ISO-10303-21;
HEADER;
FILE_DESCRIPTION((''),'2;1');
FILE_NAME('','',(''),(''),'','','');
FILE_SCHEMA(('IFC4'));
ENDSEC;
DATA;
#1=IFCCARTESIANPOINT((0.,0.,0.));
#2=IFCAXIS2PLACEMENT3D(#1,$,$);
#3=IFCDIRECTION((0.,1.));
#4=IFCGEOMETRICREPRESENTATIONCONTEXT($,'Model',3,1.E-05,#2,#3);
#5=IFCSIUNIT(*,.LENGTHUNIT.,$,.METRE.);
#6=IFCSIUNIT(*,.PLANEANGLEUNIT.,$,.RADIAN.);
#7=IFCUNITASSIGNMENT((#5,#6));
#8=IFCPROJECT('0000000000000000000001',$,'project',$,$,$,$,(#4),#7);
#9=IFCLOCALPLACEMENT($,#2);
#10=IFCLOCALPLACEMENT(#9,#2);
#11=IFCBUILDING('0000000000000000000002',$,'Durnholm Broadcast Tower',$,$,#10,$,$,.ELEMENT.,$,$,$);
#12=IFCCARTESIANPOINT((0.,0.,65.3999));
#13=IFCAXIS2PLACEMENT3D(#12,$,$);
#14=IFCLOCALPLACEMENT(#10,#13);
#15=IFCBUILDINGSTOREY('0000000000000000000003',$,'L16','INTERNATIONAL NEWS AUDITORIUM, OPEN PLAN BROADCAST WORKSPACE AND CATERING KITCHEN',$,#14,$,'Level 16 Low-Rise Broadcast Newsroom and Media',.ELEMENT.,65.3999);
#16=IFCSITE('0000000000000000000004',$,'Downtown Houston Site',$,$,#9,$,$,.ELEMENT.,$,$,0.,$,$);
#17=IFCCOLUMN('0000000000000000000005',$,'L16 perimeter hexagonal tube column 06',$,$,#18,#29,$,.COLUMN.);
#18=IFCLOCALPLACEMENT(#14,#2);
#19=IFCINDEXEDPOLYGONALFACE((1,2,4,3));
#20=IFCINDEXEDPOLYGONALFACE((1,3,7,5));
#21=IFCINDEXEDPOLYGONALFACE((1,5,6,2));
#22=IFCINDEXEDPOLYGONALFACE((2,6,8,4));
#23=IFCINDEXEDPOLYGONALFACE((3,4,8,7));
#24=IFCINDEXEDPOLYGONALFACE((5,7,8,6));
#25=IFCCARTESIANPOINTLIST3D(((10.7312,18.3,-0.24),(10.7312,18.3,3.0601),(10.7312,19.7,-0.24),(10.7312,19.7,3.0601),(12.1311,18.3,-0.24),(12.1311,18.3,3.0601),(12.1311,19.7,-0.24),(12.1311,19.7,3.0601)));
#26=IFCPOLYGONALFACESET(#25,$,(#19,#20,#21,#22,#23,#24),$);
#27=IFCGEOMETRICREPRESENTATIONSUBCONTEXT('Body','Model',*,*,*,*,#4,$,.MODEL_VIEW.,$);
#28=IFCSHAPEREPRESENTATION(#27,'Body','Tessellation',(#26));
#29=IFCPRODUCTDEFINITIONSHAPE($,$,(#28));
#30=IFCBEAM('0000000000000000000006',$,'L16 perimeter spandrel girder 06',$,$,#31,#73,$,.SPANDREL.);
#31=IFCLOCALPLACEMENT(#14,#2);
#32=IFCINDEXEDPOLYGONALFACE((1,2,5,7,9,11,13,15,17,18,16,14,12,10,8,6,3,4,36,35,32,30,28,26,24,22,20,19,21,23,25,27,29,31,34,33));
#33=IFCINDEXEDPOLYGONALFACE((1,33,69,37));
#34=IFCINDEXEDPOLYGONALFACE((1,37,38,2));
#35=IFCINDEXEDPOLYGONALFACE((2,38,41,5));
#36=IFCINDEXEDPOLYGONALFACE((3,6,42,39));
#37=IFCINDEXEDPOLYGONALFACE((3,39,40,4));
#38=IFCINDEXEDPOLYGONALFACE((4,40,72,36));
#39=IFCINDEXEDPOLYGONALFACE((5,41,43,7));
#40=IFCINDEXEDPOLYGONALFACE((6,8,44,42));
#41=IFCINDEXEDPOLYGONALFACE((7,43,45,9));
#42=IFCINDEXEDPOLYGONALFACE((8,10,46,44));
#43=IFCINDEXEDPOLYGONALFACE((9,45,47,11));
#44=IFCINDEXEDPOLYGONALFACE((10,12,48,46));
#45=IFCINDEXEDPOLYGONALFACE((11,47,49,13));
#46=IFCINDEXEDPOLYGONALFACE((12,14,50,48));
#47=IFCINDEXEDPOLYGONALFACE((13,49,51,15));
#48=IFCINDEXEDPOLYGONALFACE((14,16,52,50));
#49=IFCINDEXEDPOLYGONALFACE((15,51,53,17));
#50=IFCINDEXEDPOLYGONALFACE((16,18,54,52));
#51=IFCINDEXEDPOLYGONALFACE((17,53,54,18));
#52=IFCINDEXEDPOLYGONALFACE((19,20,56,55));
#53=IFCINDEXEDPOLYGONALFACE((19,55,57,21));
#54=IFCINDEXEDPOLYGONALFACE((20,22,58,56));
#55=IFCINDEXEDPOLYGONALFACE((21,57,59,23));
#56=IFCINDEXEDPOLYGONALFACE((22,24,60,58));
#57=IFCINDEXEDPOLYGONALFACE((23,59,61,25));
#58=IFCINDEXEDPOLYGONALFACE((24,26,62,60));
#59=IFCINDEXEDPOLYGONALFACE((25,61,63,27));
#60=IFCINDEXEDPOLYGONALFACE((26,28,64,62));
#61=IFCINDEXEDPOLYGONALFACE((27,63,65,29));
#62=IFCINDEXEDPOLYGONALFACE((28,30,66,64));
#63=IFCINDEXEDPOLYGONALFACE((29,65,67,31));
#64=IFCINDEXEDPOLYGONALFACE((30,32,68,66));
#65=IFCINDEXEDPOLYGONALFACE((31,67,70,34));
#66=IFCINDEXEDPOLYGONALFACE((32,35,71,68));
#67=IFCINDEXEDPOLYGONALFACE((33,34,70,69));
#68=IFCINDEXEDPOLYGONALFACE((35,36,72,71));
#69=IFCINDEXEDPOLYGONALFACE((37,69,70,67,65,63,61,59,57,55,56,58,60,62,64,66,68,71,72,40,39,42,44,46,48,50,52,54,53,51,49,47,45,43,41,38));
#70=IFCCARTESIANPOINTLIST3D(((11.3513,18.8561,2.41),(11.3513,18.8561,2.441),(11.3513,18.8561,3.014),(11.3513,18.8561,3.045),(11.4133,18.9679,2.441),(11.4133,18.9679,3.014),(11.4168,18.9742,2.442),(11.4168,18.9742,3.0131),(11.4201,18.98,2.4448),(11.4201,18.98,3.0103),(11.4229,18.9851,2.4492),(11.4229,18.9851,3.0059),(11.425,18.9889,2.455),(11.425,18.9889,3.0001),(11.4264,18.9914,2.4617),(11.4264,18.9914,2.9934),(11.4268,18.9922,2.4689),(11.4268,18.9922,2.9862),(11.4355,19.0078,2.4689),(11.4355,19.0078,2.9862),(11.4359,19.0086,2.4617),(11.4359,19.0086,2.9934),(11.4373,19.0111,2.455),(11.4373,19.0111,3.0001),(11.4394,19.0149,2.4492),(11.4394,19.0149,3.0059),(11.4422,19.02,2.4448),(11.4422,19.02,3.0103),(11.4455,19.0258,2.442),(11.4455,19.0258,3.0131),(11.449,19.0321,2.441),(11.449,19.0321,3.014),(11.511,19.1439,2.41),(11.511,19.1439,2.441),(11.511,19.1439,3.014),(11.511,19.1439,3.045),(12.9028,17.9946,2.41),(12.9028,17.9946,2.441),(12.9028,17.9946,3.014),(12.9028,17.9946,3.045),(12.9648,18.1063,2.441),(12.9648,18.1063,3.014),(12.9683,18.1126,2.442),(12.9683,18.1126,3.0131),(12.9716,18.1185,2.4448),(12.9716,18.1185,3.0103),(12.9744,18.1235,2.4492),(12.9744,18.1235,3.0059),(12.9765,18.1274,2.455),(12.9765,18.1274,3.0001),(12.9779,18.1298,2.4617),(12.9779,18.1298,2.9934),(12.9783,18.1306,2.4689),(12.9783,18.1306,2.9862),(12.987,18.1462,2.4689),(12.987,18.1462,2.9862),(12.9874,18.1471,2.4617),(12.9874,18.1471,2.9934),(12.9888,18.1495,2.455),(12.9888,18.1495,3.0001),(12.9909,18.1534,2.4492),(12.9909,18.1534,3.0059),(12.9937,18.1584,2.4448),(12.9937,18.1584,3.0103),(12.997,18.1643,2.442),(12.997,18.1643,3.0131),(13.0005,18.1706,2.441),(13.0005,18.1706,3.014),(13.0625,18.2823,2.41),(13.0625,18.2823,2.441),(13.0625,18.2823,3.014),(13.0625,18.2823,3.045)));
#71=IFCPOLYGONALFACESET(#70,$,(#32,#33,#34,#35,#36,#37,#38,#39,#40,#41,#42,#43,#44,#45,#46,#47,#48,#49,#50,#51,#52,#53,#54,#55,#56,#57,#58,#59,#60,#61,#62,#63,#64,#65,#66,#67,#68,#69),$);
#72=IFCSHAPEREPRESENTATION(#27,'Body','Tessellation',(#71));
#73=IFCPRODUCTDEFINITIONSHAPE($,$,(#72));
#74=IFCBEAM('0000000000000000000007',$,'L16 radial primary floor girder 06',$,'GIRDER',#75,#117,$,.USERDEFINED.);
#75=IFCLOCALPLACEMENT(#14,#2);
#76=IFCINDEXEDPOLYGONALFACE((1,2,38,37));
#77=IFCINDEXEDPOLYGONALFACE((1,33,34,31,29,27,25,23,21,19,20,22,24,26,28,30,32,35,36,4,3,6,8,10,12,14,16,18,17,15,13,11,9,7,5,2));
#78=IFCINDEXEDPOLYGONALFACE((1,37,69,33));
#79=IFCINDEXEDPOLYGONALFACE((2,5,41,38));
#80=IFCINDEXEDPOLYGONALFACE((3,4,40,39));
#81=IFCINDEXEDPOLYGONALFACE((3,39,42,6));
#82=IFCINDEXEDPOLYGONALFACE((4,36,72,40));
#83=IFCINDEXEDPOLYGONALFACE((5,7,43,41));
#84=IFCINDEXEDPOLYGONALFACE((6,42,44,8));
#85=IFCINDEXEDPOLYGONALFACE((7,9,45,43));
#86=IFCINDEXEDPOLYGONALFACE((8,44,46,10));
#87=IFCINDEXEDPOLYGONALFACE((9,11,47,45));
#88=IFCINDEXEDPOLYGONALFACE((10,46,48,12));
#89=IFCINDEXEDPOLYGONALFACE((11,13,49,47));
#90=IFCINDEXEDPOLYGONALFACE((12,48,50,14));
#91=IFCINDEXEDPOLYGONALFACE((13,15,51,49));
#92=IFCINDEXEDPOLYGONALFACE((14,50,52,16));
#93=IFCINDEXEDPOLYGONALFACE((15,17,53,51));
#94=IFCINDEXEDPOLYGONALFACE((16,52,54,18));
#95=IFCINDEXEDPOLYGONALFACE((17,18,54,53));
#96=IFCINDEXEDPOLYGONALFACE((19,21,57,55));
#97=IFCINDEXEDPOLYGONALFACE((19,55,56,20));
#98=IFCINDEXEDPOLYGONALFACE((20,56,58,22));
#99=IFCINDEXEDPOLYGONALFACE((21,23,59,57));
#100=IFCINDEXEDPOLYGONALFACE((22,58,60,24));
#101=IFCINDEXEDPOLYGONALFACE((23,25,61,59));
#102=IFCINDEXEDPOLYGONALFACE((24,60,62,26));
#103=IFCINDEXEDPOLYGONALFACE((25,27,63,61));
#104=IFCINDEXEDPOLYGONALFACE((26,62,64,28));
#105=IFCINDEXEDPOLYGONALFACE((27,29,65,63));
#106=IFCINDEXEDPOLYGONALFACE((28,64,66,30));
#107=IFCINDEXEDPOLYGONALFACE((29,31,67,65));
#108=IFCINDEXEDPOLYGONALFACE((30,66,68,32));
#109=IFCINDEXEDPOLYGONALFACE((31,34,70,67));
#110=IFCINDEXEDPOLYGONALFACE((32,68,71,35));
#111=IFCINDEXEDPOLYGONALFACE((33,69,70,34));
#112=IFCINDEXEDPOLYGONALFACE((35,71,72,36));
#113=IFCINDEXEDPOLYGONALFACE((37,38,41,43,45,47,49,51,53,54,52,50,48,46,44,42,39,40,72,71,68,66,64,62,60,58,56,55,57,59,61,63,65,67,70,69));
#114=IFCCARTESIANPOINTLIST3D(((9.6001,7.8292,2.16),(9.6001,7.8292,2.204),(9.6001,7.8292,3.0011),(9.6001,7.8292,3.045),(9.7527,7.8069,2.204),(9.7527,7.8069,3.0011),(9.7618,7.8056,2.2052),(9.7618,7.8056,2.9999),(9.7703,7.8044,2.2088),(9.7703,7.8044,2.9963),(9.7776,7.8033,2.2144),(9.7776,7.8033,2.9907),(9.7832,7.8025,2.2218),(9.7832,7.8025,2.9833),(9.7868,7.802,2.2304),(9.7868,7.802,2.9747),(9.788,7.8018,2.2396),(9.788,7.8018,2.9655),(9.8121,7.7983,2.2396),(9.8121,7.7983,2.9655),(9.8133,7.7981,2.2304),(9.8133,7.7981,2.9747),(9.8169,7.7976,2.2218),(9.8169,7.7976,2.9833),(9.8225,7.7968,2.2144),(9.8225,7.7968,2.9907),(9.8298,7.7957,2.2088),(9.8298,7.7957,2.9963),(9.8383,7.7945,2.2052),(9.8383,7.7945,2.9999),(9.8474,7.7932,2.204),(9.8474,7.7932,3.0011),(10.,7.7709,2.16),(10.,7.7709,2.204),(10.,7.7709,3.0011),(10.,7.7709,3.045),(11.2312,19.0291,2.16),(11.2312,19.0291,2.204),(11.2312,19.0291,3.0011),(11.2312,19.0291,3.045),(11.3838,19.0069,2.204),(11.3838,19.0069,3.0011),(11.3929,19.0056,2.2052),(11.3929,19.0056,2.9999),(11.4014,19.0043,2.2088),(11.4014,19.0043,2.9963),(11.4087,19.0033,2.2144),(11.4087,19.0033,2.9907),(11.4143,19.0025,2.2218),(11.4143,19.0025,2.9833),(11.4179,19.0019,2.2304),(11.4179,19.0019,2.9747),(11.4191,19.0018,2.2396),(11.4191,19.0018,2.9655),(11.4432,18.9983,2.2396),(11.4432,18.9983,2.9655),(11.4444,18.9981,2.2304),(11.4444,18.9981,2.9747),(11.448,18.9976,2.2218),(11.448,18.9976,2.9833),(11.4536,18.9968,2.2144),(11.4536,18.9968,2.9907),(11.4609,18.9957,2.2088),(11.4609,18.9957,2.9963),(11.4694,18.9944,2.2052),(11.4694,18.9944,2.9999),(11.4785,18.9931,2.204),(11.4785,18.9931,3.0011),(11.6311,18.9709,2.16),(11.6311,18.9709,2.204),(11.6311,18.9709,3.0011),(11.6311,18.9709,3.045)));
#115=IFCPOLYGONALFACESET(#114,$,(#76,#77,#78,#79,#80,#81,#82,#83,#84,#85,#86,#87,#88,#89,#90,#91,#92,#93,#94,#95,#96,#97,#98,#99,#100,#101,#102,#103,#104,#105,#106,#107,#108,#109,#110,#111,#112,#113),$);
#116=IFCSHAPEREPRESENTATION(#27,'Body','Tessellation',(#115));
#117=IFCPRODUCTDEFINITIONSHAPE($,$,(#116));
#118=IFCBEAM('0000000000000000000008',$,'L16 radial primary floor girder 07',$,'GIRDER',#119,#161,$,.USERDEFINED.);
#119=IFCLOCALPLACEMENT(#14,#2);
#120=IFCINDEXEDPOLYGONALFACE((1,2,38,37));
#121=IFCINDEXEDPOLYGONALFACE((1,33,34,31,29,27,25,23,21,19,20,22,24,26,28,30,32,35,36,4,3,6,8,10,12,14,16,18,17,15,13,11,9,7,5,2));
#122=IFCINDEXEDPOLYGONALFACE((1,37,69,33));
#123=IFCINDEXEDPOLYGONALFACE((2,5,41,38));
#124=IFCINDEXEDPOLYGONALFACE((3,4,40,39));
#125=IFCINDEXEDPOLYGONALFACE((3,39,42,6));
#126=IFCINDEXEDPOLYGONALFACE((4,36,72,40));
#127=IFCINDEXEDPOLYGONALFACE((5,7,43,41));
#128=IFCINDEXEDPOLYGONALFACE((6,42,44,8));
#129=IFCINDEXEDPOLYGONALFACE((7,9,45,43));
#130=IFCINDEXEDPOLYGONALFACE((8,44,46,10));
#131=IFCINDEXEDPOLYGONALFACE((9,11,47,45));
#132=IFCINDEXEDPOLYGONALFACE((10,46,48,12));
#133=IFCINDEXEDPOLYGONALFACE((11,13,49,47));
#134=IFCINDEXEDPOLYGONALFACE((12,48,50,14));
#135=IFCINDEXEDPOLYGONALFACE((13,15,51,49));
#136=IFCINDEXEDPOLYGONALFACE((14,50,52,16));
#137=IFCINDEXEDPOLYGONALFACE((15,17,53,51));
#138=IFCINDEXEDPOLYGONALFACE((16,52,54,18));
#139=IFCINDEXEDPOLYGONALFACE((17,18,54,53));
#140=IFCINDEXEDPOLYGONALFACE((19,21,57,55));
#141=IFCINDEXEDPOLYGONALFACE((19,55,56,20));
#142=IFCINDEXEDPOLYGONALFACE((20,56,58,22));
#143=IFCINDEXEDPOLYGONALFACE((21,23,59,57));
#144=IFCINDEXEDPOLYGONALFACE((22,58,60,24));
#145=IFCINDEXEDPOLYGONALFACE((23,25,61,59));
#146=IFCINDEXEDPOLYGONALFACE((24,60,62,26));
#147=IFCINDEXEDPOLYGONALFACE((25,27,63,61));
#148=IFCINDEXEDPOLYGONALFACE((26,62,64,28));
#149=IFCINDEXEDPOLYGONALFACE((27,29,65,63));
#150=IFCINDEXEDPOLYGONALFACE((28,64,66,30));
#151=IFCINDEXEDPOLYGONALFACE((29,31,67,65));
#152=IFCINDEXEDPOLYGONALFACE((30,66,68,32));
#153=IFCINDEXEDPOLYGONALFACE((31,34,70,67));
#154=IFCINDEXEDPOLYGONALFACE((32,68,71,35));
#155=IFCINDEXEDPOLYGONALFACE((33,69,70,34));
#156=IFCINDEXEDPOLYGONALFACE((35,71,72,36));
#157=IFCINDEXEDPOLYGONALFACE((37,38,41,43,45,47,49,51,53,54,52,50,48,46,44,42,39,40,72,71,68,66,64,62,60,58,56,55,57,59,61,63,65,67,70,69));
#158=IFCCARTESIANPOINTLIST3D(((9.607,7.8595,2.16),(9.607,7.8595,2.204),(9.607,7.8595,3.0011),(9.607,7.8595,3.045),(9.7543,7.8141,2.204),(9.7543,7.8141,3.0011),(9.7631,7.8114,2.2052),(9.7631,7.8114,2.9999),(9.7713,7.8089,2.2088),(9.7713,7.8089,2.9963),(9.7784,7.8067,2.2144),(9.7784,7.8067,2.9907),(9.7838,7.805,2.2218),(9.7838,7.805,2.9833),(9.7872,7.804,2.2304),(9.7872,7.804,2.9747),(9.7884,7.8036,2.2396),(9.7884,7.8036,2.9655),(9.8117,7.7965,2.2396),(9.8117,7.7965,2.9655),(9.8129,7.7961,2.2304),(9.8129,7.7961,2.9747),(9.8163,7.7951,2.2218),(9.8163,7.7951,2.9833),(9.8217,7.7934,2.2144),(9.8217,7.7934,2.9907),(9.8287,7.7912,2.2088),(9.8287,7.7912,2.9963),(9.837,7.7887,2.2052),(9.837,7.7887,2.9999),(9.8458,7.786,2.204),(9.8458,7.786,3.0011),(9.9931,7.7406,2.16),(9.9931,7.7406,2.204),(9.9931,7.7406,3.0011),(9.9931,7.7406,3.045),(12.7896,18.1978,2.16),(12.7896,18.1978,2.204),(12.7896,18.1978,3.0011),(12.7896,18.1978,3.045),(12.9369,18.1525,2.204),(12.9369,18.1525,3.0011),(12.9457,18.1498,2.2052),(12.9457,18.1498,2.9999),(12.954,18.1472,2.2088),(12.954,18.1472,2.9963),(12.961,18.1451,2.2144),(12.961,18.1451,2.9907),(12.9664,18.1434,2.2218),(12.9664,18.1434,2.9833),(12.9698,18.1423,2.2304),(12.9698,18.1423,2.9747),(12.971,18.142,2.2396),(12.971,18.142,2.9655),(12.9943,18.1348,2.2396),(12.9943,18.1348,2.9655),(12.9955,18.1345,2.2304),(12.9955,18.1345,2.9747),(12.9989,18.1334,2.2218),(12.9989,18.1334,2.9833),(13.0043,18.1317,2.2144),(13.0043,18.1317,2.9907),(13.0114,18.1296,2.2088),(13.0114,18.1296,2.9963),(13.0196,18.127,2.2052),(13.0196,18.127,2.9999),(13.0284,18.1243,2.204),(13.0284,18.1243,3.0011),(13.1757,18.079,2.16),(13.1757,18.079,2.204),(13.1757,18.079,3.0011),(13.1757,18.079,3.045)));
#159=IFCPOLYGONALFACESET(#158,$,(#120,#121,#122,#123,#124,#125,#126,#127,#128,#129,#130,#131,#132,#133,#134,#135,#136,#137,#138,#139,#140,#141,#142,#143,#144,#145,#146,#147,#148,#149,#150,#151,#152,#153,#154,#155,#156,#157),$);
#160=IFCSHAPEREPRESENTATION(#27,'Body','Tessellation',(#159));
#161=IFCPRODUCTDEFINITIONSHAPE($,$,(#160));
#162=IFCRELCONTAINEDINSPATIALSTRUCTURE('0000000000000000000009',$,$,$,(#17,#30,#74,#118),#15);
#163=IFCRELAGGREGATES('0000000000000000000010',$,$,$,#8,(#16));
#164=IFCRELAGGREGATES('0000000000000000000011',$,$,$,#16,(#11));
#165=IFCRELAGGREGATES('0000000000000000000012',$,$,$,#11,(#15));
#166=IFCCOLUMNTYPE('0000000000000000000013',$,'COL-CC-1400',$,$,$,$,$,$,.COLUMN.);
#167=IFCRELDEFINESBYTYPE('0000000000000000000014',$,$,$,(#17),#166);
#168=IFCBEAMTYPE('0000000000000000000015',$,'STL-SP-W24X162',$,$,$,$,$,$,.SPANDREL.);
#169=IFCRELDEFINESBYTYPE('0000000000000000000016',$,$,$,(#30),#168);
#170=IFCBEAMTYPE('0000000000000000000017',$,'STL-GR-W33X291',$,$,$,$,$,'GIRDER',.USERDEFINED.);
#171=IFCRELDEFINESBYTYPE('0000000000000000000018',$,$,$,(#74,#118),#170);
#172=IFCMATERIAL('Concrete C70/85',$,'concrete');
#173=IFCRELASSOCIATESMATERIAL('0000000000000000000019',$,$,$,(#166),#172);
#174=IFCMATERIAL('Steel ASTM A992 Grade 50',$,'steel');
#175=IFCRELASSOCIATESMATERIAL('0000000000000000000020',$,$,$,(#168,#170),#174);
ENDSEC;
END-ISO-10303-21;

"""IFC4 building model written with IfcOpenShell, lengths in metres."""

from ifc_helpers import new_model, si_unit, direction, frame, origin, origin_2d, place, context, subcontext, project, spatial, rectangle, i_section, extrude, source, transform, mapped, material, material_profile, profile_set, type_object, type_shapes, element, save


model = new_model("IFC4")

# Units and contexts
model_context = context("Model", 3, precision=1e-05, world=origin(), true_north=direction((0.0, 1.0)))
body_context = subcontext(model_context, "Body", "Model", "MODEL_VIEW")
ifc_project = project(units=[si_unit("LENGTHUNIT", "METRE"), si_unit("PLANEANGLEUNIT", "RADIAN")], contexts=[model_context])

# Site, building, storey
site_placement = place(None, origin())
site = spatial("IfcSite", under=ifc_project, at=site_placement, Name="Downtown Houston Site", CompositionType="ELEMENT", RefElevation=0.0)
building_placement = place(site_placement, origin())
building = spatial("IfcBuilding", under=site, at=building_placement, Name="Durnholm Broadcast Tower", CompositionType="ELEMENT")
storey_placement = place(building_placement, frame((0.0, 0.0, 65.3999)))
storey = spatial("IfcBuildingStorey", under=building, at=storey_placement, Name="L16", Description="INTERNATIONAL NEWS AUDITORIUM, OPEN PLAN BROADCAST WORKSPACE AND CATERING KITCHEN", LongName="Level 16 Low-Rise Broadcast Newsroom and Media", CompositionType="ELEMENT", Elevation=65.3999)

# Column
ifc_material_1 = material(Name="Concrete C70/85", Category="concrete")
ifc_material_profile_1 = material_profile(ifc_material_1, rectangle(XDim=1.3999, YDim=1.3999, at=origin_2d()), Name="RC1400X1400")
ifc_profile_set_1 = profile_set([ifc_material_profile_1], Name="Concrete C70/85")
column_type = type_object("IfcColumnType", Name="COL-CC-1400", PredefinedType="COLUMN", material=ifc_profile_set_1)
shared_shape_1 = source(origin(), body_context, "Body", "SweptSolid", [
    extrude(rectangle(XDim=1.3999, YDim=1.3999, at=origin_2d()), origin(), (0.0, 0.0, 1.0), 3.3),
])
type_shapes(column_type, [shared_shape_1])
column_placement = place(storey_placement, frame((11.4312, 19.0, -0.24), z_axis=(0.0, 0.0, 1.0), x_axis=(1.0, 0.0, 0.0)))
element("IfcColumn", 1, at=column_placement, inside=storey, type_object=column_type, Name="L16 perimeter hexagonal tube column 06", PredefinedType="COLUMN", context=body_context, shape_type="MappedRepresentation", body=[
    mapped(shared_shape_1, transform((0.0, 0.0, 0.0), x_axis=(1.0, 0.0, 0.0), y_axis=(0.0, 1.0, 0.0), z_axis=(0.0, 0.0, 1.0), scale=1.0)),
])

# Beams
ifc_material_2 = material(Name="Steel ASTM A992 Grade 50", Category="steel")
ifc_material_profile_2 = material_profile(ifc_material_2, i_section(OverallWidth=0.3291, OverallDepth=0.635, WebThickness=0.0178, FlangeThickness=0.031, FilletRadius=0.0278, at=origin_2d()), Name="W24X162")
ifc_profile_set_2 = profile_set([ifc_material_profile_2], Name="Steel ASTM A992 Grade 50")
beam_type_1 = type_object("IfcBeamType", Name="STL-SP-W24X162", PredefinedType="SPANDREL", material=ifc_profile_set_2)
shared_shape_2 = source(origin(), body_context, "Body", "SweptSolid", [
    extrude(i_section(OverallWidth=0.3291, OverallDepth=0.635, WebThickness=0.0178, FlangeThickness=0.031, FilletRadius=0.0278, at=origin_2d()), origin(), (0.0, 0.0, 1.0), 1.7747),
])
type_shapes(beam_type_1, [shared_shape_2])
beam_1_placement = place(storey_placement, frame((11.4312, 19.0, 2.7275), z_axis=(0.874248, -0.485479, 0.0), x_axis=(0.485479, 0.874248, 0.0)))
element("IfcBeam", 2, at=beam_1_placement, inside=storey, type_object=beam_type_1, Name="L16 perimeter spandrel girder 06", PredefinedType="SPANDREL", context=body_context, shape_type="MappedRepresentation", body=[
    mapped(shared_shape_2, transform((0.0, 0.0, 0.0), x_axis=(1.0, 0.0, 0.0), y_axis=(0.0, 1.0, 0.0), z_axis=(0.0, 0.0, 1.0), scale=1.0)),
])
ifc_material_profile_3 = material_profile(ifc_material_2, i_section(OverallWidth=0.4041, OverallDepth=0.885, WebThickness=0.0244, FlangeThickness=0.0439, FilletRadius=0.0356, at=origin_2d()), Name="W33X291")
ifc_profile_set_3 = profile_set([ifc_material_profile_3], Name="Steel ASTM A992 Grade 50")
beam_type_2 = type_object("IfcBeamType", Name="STL-GR-W33X291", ElementType="GIRDER", PredefinedType="USERDEFINED", material=ifc_profile_set_3)
shared_shape_3 = source(origin(), body_context, "Body", "SweptSolid", [
    extrude(i_section(OverallWidth=0.4041, OverallDepth=0.885, WebThickness=0.0244, FlangeThickness=0.0439, FilletRadius=0.0356, at=origin_2d()), origin(), (0.0, 0.0, 1.0), 11.3181),
])
beam_2_placement = place(storey_placement, frame((9.8, 7.8, 2.6025), z_axis=(0.144115, 0.989561, 0.0), x_axis=(-0.989561, 0.144115, 0.0)))
element("IfcBeam", 3, at=beam_2_placement, inside=storey, type_object=beam_type_2, Name="L16 radial primary floor girder 06", ObjectType="GIRDER", PredefinedType="USERDEFINED", context=body_context, shape_type="MappedRepresentation", body=[
    mapped(shared_shape_3, transform((0.0, 0.0, 0.0), x_axis=(1.0, 0.0, 0.0), y_axis=(0.0, 1.0, 0.0), z_axis=(0.0, 0.0, 1.0), scale=1.0)),
])
shared_shape_4 = source(origin(), body_context, "Body", "SweptSolid", [
    extrude(i_section(OverallWidth=0.4041, OverallDepth=0.885, WebThickness=0.0244, FlangeThickness=0.0439, FilletRadius=0.0356, at=origin_2d()), origin(), (0.0, 0.0, 1.0), 10.8171),
])
type_shapes(beam_type_2, [shared_shape_3, shared_shape_4])
beam_3_placement = place(storey_placement, frame((9.8, 7.8, 2.6025), z_axis=(0.294219, 0.955738, 0.0), x_axis=(-0.955738, 0.294219, 0.0)))
element("IfcBeam", 4, at=beam_3_placement, inside=storey, type_object=beam_type_2, Name="L16 radial primary floor girder 07", ObjectType="GIRDER", PredefinedType="USERDEFINED", context=body_context, shape_type="MappedRepresentation", body=[
    mapped(shared_shape_4, transform((0.0, 0.0, 0.0), x_axis=(1.0, 0.0, 0.0), y_axis=(0.0, 1.0, 0.0), z_axis=(0.0, 0.0, 1.0), scale=1.0)),
])

save(model, "model.ifc")
